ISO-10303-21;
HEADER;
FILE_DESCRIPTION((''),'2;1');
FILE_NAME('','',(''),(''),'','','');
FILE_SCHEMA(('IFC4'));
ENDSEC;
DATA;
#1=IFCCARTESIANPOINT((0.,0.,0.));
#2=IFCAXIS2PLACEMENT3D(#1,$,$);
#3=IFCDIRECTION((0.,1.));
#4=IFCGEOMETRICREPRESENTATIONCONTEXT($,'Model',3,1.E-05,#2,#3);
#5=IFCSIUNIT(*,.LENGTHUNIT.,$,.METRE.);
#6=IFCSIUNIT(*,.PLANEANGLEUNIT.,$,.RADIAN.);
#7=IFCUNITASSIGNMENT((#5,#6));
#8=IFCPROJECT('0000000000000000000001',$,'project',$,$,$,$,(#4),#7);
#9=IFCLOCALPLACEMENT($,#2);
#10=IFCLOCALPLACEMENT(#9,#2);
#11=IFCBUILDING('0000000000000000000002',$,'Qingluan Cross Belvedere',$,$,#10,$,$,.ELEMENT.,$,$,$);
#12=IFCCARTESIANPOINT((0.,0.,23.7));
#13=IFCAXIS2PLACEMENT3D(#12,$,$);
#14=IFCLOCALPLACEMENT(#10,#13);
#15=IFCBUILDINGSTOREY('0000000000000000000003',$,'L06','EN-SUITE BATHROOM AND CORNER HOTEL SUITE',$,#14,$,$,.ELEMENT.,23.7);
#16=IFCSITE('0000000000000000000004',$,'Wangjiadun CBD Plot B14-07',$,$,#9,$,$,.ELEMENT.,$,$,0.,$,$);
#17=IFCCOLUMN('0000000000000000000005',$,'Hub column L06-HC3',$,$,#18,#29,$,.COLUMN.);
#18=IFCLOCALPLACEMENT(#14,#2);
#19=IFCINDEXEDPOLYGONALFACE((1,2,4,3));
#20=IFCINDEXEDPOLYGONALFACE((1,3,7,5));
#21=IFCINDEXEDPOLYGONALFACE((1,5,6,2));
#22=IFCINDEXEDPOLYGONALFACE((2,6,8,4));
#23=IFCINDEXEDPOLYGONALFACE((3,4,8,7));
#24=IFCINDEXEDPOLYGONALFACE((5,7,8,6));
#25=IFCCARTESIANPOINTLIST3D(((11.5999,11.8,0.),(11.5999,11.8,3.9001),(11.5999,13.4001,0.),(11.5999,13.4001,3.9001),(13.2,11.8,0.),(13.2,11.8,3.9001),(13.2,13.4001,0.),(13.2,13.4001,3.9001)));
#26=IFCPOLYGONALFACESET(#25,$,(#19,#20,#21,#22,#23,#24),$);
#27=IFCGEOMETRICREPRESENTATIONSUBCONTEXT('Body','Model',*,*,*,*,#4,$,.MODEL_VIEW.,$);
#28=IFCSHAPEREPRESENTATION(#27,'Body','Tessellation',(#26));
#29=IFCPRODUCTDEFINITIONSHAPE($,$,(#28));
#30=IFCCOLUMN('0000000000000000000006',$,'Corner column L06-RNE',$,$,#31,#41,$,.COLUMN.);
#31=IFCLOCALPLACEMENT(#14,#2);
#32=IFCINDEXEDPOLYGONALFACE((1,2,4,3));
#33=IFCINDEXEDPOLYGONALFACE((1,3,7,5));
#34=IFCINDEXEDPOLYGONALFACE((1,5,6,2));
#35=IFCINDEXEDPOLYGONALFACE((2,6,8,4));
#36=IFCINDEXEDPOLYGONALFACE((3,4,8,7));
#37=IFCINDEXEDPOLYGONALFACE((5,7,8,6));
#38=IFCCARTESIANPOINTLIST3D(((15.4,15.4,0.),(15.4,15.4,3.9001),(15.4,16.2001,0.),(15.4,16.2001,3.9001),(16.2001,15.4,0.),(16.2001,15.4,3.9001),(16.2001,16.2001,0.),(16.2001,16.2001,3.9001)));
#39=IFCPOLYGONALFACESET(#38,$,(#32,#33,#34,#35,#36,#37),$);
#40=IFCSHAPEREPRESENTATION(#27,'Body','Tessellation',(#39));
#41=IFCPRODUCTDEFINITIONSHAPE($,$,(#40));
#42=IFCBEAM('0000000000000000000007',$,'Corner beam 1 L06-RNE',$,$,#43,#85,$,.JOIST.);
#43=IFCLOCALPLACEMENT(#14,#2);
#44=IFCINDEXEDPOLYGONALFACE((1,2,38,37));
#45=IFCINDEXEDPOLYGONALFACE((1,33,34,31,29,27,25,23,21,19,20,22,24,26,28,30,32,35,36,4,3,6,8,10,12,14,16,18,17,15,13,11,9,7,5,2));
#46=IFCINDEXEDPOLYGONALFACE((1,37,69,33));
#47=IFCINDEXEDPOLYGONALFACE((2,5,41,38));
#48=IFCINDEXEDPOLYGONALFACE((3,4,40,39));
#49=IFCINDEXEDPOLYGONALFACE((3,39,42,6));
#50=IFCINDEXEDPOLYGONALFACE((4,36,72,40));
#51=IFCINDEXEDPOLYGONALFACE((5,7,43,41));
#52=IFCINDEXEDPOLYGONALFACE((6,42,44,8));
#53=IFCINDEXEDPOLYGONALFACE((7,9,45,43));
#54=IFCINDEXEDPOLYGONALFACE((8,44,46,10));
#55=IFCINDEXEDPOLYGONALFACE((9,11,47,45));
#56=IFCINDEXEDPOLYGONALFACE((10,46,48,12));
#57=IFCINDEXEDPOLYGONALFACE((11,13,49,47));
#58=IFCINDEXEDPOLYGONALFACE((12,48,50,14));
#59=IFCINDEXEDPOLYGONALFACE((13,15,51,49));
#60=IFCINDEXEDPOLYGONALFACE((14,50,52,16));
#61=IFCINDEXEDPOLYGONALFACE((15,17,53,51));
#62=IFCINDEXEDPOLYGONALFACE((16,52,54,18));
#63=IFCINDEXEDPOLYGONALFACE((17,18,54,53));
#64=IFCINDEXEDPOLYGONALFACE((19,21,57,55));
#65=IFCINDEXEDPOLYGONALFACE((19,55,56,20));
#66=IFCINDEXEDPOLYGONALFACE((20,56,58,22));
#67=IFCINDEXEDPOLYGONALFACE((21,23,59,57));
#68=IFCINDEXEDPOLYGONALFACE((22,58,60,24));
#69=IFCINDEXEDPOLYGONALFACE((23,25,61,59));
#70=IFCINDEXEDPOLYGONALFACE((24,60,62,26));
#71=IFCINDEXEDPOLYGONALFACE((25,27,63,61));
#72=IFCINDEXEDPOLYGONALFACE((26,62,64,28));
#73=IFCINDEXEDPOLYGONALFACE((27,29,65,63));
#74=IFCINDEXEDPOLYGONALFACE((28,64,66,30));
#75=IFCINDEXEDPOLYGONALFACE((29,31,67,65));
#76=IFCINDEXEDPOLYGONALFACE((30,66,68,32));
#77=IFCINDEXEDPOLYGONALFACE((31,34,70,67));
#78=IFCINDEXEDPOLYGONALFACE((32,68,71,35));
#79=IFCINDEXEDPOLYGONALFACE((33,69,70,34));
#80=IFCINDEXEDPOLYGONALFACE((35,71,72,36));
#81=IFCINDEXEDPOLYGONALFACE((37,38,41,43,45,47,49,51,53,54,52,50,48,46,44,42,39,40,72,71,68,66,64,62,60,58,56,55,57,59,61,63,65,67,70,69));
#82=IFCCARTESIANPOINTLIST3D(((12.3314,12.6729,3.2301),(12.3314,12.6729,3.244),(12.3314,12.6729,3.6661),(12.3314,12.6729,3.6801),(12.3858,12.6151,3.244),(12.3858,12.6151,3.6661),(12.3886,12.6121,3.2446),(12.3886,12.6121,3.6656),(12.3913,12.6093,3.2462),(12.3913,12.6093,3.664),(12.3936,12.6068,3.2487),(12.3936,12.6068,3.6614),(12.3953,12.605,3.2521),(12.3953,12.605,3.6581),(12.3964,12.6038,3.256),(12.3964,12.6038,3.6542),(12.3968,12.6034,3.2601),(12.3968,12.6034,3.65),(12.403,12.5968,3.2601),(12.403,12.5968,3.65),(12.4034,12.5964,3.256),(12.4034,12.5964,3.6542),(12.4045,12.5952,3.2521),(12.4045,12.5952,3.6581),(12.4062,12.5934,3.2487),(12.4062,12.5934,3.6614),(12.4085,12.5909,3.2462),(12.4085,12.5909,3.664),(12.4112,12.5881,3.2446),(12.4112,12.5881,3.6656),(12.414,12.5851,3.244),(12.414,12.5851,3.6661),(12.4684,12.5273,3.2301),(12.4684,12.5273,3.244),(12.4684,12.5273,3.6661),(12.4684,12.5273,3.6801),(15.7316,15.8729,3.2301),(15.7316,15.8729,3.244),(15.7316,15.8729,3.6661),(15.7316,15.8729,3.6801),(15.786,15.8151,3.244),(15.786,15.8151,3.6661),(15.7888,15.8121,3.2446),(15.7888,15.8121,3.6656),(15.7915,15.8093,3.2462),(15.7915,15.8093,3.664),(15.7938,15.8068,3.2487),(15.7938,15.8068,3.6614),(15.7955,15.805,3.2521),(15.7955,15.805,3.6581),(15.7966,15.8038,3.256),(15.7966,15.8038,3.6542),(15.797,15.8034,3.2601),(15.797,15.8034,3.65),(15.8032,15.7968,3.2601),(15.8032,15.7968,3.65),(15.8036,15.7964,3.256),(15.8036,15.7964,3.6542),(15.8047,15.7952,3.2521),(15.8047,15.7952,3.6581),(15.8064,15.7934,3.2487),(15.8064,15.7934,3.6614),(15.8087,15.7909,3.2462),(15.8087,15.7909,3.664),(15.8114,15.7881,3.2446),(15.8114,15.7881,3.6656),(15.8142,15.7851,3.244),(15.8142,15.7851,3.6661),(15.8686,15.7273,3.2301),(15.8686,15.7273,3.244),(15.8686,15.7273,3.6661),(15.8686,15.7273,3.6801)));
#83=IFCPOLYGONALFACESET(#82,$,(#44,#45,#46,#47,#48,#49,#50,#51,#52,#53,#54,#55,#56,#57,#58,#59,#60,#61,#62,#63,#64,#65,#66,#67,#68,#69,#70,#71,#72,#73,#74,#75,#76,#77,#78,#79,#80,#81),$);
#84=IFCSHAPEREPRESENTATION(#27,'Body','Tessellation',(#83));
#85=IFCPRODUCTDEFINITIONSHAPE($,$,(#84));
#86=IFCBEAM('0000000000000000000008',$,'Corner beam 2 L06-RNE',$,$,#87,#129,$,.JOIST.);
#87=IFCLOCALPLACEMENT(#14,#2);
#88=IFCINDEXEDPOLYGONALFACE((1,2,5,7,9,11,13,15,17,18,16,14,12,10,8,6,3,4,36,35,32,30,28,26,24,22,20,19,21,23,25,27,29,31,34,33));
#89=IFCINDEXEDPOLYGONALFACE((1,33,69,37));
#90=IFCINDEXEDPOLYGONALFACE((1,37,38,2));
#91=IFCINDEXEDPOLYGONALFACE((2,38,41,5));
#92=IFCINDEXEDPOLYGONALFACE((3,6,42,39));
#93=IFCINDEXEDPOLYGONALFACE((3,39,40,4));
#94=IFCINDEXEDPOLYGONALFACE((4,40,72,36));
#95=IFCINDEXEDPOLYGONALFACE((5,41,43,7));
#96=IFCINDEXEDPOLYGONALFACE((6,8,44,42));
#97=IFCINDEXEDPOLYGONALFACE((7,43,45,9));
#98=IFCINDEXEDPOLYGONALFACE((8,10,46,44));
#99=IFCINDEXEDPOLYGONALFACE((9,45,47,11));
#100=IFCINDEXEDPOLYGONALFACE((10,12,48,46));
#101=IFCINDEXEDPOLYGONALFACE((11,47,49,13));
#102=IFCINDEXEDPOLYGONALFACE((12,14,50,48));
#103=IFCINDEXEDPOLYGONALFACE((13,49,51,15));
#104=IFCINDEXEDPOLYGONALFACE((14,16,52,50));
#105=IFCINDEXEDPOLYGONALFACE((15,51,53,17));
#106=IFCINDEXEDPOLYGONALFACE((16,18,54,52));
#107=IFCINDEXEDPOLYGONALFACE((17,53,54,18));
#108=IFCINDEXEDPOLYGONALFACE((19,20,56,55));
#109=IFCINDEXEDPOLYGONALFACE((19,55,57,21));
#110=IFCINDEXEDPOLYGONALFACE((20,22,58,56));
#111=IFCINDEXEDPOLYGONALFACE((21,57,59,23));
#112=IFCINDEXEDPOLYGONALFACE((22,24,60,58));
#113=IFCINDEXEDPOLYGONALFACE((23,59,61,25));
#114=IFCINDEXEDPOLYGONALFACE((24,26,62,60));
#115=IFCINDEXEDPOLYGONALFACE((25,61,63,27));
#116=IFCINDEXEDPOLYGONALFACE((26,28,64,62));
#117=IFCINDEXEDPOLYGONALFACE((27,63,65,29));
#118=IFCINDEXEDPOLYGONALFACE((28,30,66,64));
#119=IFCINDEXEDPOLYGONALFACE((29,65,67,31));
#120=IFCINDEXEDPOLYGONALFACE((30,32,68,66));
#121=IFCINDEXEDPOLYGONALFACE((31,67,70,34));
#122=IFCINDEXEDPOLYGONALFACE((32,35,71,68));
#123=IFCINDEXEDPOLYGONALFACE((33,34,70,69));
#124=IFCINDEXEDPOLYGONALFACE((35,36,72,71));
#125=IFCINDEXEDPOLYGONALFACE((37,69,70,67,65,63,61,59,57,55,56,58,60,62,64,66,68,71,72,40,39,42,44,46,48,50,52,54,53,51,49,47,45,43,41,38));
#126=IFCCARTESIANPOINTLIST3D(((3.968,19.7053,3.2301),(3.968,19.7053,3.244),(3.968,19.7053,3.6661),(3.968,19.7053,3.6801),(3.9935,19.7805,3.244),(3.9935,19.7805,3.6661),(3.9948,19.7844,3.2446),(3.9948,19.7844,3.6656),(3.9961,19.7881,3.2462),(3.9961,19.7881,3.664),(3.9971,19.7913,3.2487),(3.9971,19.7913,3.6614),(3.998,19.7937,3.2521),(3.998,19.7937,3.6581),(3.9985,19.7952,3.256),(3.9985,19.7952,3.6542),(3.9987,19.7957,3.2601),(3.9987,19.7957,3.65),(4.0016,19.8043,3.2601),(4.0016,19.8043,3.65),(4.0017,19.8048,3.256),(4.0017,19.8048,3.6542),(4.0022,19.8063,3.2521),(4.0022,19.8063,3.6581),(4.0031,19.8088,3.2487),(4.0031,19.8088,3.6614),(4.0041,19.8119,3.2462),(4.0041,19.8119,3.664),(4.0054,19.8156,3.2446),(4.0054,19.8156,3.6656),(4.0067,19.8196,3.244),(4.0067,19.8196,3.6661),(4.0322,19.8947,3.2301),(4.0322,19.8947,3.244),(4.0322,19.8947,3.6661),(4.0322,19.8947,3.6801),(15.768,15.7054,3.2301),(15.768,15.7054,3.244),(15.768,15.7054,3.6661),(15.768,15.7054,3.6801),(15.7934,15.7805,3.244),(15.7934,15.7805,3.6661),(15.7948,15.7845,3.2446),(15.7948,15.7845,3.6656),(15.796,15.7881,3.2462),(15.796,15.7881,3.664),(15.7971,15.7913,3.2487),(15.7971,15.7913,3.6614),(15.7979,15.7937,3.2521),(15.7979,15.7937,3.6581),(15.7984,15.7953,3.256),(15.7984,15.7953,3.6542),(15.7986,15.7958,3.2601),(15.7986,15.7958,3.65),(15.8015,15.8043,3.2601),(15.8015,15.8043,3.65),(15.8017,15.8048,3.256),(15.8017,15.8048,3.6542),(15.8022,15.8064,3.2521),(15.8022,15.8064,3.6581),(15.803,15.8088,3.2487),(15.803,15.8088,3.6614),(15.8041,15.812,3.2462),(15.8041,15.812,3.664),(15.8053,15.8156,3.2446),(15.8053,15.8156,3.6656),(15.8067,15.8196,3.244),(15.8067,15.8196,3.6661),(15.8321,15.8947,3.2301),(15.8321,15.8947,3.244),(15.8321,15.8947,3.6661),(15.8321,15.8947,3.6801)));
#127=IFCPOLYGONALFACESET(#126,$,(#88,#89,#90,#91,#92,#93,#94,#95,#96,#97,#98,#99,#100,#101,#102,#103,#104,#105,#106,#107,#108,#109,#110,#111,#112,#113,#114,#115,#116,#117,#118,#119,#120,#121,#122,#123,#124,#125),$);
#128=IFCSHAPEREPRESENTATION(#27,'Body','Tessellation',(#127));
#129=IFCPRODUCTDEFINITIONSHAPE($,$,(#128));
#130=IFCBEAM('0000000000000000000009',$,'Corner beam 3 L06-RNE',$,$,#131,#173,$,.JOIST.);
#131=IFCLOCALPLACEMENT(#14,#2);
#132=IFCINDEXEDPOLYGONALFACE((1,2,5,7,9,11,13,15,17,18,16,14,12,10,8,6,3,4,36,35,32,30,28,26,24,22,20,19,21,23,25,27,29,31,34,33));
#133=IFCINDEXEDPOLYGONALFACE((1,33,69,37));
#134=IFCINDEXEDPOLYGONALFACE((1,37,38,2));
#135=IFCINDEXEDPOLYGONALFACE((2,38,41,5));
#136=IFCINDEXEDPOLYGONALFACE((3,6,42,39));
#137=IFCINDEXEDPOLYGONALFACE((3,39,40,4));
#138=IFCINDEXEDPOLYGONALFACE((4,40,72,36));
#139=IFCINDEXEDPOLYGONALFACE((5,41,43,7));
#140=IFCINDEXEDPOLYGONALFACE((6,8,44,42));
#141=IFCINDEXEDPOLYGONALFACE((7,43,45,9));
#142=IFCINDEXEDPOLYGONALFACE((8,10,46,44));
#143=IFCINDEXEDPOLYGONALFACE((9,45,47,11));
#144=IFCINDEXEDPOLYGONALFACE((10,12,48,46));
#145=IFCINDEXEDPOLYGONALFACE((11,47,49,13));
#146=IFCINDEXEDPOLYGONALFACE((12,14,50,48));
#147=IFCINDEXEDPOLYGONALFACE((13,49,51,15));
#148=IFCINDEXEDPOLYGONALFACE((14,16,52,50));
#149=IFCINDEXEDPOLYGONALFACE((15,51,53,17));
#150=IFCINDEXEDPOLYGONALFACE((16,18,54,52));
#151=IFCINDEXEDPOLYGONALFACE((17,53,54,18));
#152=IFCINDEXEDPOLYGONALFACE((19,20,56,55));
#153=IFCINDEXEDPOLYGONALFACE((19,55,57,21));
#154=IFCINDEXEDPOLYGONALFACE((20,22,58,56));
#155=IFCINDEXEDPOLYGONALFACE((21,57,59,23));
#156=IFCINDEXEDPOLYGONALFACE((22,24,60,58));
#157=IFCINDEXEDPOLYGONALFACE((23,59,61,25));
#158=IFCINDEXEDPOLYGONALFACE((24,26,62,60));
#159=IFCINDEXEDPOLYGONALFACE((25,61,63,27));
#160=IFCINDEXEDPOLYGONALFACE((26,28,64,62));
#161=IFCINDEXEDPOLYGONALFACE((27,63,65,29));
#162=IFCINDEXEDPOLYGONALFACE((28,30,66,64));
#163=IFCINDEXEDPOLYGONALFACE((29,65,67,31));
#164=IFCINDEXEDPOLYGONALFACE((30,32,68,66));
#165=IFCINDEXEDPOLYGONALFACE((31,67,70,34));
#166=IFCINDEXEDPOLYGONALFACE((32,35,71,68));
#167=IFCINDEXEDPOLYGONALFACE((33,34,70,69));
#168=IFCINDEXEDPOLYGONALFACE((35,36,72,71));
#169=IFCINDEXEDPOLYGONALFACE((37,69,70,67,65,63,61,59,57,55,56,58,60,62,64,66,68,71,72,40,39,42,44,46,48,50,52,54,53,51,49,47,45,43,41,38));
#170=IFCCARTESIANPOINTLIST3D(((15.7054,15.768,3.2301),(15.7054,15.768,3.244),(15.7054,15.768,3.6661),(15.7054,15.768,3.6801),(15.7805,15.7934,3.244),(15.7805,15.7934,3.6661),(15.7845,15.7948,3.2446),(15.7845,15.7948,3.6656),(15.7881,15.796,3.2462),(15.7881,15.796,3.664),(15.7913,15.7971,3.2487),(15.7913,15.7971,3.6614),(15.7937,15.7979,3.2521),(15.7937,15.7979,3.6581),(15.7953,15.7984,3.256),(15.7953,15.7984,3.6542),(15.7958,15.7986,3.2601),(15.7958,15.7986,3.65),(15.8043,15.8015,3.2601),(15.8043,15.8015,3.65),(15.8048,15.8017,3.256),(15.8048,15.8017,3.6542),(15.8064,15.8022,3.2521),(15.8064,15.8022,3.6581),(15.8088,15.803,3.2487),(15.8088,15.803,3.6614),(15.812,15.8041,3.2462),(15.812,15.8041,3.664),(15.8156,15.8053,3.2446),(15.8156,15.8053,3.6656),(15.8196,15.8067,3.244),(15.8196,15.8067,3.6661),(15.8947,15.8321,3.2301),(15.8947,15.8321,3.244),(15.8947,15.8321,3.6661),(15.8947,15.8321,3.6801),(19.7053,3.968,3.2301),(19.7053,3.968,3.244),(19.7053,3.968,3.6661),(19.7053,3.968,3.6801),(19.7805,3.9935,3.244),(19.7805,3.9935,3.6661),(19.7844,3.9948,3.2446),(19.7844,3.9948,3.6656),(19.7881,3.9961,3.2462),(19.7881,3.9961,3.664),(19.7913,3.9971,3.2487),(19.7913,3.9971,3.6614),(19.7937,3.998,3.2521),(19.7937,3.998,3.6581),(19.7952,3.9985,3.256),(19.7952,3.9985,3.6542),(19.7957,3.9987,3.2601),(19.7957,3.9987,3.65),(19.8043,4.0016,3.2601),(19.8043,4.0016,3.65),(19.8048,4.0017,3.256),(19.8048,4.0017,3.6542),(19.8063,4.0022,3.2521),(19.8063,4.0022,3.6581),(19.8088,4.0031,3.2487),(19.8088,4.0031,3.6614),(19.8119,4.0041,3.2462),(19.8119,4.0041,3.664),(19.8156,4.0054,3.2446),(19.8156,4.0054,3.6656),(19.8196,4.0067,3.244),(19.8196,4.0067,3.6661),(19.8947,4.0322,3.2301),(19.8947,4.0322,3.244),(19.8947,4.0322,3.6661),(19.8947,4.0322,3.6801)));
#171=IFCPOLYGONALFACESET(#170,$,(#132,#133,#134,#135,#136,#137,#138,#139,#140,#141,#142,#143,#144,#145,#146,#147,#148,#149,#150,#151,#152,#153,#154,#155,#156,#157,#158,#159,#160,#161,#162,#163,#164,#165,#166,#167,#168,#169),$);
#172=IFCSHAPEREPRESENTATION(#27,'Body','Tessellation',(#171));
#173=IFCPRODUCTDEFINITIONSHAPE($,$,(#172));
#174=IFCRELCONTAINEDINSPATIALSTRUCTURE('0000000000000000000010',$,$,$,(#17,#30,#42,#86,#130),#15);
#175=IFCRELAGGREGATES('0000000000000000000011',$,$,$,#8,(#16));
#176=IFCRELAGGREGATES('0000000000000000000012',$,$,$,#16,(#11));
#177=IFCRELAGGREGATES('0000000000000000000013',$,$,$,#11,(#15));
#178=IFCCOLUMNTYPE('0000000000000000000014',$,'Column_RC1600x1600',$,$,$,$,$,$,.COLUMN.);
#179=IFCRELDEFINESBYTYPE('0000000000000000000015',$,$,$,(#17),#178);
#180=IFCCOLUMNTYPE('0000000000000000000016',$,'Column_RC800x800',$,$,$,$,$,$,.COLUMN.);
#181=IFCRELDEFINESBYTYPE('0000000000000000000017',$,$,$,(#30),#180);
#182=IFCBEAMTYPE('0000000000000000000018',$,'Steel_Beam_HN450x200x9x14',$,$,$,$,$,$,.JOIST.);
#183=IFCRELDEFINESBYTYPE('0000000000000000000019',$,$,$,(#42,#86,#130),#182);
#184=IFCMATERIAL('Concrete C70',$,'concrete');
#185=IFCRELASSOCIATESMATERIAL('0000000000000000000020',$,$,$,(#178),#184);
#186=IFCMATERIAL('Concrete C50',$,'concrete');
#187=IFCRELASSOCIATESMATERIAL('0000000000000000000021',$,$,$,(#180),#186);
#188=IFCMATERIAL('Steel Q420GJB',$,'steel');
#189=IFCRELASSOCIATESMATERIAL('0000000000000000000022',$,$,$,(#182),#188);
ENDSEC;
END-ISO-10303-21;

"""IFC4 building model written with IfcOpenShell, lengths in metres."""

from ifc_helpers import new_model, si_unit, direction, frame, origin, origin_2d, place, context, subcontext, project, spatial, rectangle, i_section, extrude, material, material_profile, profile_set, type_object, element, save


model = new_model("IFC4")

# Units and contexts
model_context = context("Model", 3, precision=1e-05, world=origin(), true_north=direction((0.0, 1.0)))
body_context = subcontext(model_context, "Body", "Model", "MODEL_VIEW")
ifc_project = project(units=[si_unit("LENGTHUNIT", "METRE"), si_unit("PLANEANGLEUNIT", "RADIAN")], contexts=[model_context])

# Site, building, storey
site_placement = place(None, origin())
site = spatial("IfcSite", under=ifc_project, at=site_placement, Name="Wangjiadun CBD Plot B14-07", CompositionType="ELEMENT", RefElevation=0.0)
building_placement = place(site_placement, origin())
building = spatial("IfcBuilding", under=site, at=building_placement, Name="Qingluan Cross Belvedere", CompositionType="ELEMENT")
storey_placement = place(building_placement, frame((0.0, 0.0, 23.7)))
storey = spatial("IfcBuildingStorey", under=building, at=storey_placement, Name="L06", Description="EN-SUITE BATHROOM AND CORNER HOTEL SUITE", CompositionType="ELEMENT", Elevation=23.7)

# Columns
ifc_material_1 = material(Name="Concrete C70", Category="concrete")
ifc_material_profile_1 = material_profile(ifc_material_1, rectangle(XDim=1.6001, YDim=1.6001, at=origin_2d()), Name="RC1600x1600")
ifc_profile_set_1 = profile_set([ifc_material_profile_1], Name="Concrete C70")
column_type_1 = type_object("IfcColumnType", Name="Column_RC1600x1600", PredefinedType="COLUMN", material=ifc_profile_set_1)
column_1_placement = place(storey_placement, frame((12.3999, 12.6001, 0.0), z_axis=(0.0, 0.0, 1.0), x_axis=(1.0, 0.0, 0.0)))
element("IfcColumn", 1, at=column_1_placement, inside=storey, type_object=column_type_1, Name="Hub column L06-HC3", PredefinedType="COLUMN", context=body_context, shape_type="SweptSolid", body=[
    extrude(rectangle(XDim=1.6001, YDim=1.6001, at=origin_2d()), origin(), (0.0, 0.0, 1.0), 3.9001),
])
ifc_material_2 = material(Name="Concrete C50", Category="concrete")
ifc_material_profile_2 = material_profile(ifc_material_2, rectangle(XDim=0.8, YDim=0.8, at=origin_2d()), Name="RC800x800")
ifc_profile_set_2 = profile_set([ifc_material_profile_2], Name="Concrete C50")
column_type_2 = type_object("IfcColumnType", Name="Column_RC800x800", PredefinedType="COLUMN", material=ifc_profile_set_2)
column_2_placement = place(storey_placement, frame((15.8, 15.8, 0.0), z_axis=(0.0, 0.0, 1.0), x_axis=(1.0, 0.0, 0.0)))
element("IfcColumn", 2, at=column_2_placement, inside=storey, type_object=column_type_2, Name="Corner column L06-RNE", PredefinedType="COLUMN", context=body_context, shape_type="SweptSolid", body=[
    extrude(rectangle(XDim=0.8, YDim=0.8, at=origin_2d()), origin(), (0.0, 0.0, 1.0), 3.9001),
])

# Beams
ifc_material_3 = material(Name="Steel Q420GJB", Category="steel")
ifc_material_profile_3 = material_profile(ifc_material_3, i_section(OverallWidth=0.2, OverallDepth=0.45, WebThickness=0.009, FlangeThickness=0.0139, FilletRadius=0.0161, at=origin_2d()), Name="HN450x200x9x14")
ifc_profile_set_3 = profile_set([ifc_material_profile_3], Name="Steel Q420GJB")
beam_type = type_object("IfcBeamType", Name="Steel_Beam_HN450x200x9x14", PredefinedType="JOIST", material=ifc_profile_set_3)
beam_1_placement = place(storey_placement, frame((12.3999, 12.6001, 3.4551), z_axis=(0.72822, 0.685343, 0.0), x_axis=(-0.685343, 0.72822, 0.0)))
element("IfcBeam", 3, at=beam_1_placement, inside=storey, type_object=beam_type, Name="Corner beam 1 L06-RNE", PredefinedType="JOIST", context=body_context, shape_type="SweptSolid", body=[
    extrude(i_section(OverallWidth=0.2, OverallDepth=0.45, WebThickness=0.009, FlangeThickness=0.0139, FilletRadius=0.0161, at=origin_2d()), origin(), (0.0, 0.0, 1.0), 4.6692),
])
for number, where, z_axis, x_axis, name in (
    (4, (15.8, 15.8, 3.4551), (-0.947066, 0.321038, 0.0), (-0.321038, -0.947066, 0.0), "Corner beam 2 L06-RNE"),
    (5, (15.8, 15.8, 3.4551), (0.321038, -0.947066, 0.0), (0.947066, 0.321038, 0.0), "Corner beam 3 L06-RNE"),
):
    element("IfcBeam", number, at=place(storey_placement, frame(where, z_axis=z_axis, x_axis=x_axis)), inside=storey, type_object=beam_type, Name=name, PredefinedType="JOIST", context=body_context, shape_type="SweptSolid", body=[
        extrude(i_section(OverallWidth=0.2, OverallDepth=0.45, WebThickness=0.009, FlangeThickness=0.0139, FilletRadius=0.0161, at=origin_2d()), origin(), (0.0, 0.0, 1.0), 12.4595),
    ])

save(model, "model.ifc")
